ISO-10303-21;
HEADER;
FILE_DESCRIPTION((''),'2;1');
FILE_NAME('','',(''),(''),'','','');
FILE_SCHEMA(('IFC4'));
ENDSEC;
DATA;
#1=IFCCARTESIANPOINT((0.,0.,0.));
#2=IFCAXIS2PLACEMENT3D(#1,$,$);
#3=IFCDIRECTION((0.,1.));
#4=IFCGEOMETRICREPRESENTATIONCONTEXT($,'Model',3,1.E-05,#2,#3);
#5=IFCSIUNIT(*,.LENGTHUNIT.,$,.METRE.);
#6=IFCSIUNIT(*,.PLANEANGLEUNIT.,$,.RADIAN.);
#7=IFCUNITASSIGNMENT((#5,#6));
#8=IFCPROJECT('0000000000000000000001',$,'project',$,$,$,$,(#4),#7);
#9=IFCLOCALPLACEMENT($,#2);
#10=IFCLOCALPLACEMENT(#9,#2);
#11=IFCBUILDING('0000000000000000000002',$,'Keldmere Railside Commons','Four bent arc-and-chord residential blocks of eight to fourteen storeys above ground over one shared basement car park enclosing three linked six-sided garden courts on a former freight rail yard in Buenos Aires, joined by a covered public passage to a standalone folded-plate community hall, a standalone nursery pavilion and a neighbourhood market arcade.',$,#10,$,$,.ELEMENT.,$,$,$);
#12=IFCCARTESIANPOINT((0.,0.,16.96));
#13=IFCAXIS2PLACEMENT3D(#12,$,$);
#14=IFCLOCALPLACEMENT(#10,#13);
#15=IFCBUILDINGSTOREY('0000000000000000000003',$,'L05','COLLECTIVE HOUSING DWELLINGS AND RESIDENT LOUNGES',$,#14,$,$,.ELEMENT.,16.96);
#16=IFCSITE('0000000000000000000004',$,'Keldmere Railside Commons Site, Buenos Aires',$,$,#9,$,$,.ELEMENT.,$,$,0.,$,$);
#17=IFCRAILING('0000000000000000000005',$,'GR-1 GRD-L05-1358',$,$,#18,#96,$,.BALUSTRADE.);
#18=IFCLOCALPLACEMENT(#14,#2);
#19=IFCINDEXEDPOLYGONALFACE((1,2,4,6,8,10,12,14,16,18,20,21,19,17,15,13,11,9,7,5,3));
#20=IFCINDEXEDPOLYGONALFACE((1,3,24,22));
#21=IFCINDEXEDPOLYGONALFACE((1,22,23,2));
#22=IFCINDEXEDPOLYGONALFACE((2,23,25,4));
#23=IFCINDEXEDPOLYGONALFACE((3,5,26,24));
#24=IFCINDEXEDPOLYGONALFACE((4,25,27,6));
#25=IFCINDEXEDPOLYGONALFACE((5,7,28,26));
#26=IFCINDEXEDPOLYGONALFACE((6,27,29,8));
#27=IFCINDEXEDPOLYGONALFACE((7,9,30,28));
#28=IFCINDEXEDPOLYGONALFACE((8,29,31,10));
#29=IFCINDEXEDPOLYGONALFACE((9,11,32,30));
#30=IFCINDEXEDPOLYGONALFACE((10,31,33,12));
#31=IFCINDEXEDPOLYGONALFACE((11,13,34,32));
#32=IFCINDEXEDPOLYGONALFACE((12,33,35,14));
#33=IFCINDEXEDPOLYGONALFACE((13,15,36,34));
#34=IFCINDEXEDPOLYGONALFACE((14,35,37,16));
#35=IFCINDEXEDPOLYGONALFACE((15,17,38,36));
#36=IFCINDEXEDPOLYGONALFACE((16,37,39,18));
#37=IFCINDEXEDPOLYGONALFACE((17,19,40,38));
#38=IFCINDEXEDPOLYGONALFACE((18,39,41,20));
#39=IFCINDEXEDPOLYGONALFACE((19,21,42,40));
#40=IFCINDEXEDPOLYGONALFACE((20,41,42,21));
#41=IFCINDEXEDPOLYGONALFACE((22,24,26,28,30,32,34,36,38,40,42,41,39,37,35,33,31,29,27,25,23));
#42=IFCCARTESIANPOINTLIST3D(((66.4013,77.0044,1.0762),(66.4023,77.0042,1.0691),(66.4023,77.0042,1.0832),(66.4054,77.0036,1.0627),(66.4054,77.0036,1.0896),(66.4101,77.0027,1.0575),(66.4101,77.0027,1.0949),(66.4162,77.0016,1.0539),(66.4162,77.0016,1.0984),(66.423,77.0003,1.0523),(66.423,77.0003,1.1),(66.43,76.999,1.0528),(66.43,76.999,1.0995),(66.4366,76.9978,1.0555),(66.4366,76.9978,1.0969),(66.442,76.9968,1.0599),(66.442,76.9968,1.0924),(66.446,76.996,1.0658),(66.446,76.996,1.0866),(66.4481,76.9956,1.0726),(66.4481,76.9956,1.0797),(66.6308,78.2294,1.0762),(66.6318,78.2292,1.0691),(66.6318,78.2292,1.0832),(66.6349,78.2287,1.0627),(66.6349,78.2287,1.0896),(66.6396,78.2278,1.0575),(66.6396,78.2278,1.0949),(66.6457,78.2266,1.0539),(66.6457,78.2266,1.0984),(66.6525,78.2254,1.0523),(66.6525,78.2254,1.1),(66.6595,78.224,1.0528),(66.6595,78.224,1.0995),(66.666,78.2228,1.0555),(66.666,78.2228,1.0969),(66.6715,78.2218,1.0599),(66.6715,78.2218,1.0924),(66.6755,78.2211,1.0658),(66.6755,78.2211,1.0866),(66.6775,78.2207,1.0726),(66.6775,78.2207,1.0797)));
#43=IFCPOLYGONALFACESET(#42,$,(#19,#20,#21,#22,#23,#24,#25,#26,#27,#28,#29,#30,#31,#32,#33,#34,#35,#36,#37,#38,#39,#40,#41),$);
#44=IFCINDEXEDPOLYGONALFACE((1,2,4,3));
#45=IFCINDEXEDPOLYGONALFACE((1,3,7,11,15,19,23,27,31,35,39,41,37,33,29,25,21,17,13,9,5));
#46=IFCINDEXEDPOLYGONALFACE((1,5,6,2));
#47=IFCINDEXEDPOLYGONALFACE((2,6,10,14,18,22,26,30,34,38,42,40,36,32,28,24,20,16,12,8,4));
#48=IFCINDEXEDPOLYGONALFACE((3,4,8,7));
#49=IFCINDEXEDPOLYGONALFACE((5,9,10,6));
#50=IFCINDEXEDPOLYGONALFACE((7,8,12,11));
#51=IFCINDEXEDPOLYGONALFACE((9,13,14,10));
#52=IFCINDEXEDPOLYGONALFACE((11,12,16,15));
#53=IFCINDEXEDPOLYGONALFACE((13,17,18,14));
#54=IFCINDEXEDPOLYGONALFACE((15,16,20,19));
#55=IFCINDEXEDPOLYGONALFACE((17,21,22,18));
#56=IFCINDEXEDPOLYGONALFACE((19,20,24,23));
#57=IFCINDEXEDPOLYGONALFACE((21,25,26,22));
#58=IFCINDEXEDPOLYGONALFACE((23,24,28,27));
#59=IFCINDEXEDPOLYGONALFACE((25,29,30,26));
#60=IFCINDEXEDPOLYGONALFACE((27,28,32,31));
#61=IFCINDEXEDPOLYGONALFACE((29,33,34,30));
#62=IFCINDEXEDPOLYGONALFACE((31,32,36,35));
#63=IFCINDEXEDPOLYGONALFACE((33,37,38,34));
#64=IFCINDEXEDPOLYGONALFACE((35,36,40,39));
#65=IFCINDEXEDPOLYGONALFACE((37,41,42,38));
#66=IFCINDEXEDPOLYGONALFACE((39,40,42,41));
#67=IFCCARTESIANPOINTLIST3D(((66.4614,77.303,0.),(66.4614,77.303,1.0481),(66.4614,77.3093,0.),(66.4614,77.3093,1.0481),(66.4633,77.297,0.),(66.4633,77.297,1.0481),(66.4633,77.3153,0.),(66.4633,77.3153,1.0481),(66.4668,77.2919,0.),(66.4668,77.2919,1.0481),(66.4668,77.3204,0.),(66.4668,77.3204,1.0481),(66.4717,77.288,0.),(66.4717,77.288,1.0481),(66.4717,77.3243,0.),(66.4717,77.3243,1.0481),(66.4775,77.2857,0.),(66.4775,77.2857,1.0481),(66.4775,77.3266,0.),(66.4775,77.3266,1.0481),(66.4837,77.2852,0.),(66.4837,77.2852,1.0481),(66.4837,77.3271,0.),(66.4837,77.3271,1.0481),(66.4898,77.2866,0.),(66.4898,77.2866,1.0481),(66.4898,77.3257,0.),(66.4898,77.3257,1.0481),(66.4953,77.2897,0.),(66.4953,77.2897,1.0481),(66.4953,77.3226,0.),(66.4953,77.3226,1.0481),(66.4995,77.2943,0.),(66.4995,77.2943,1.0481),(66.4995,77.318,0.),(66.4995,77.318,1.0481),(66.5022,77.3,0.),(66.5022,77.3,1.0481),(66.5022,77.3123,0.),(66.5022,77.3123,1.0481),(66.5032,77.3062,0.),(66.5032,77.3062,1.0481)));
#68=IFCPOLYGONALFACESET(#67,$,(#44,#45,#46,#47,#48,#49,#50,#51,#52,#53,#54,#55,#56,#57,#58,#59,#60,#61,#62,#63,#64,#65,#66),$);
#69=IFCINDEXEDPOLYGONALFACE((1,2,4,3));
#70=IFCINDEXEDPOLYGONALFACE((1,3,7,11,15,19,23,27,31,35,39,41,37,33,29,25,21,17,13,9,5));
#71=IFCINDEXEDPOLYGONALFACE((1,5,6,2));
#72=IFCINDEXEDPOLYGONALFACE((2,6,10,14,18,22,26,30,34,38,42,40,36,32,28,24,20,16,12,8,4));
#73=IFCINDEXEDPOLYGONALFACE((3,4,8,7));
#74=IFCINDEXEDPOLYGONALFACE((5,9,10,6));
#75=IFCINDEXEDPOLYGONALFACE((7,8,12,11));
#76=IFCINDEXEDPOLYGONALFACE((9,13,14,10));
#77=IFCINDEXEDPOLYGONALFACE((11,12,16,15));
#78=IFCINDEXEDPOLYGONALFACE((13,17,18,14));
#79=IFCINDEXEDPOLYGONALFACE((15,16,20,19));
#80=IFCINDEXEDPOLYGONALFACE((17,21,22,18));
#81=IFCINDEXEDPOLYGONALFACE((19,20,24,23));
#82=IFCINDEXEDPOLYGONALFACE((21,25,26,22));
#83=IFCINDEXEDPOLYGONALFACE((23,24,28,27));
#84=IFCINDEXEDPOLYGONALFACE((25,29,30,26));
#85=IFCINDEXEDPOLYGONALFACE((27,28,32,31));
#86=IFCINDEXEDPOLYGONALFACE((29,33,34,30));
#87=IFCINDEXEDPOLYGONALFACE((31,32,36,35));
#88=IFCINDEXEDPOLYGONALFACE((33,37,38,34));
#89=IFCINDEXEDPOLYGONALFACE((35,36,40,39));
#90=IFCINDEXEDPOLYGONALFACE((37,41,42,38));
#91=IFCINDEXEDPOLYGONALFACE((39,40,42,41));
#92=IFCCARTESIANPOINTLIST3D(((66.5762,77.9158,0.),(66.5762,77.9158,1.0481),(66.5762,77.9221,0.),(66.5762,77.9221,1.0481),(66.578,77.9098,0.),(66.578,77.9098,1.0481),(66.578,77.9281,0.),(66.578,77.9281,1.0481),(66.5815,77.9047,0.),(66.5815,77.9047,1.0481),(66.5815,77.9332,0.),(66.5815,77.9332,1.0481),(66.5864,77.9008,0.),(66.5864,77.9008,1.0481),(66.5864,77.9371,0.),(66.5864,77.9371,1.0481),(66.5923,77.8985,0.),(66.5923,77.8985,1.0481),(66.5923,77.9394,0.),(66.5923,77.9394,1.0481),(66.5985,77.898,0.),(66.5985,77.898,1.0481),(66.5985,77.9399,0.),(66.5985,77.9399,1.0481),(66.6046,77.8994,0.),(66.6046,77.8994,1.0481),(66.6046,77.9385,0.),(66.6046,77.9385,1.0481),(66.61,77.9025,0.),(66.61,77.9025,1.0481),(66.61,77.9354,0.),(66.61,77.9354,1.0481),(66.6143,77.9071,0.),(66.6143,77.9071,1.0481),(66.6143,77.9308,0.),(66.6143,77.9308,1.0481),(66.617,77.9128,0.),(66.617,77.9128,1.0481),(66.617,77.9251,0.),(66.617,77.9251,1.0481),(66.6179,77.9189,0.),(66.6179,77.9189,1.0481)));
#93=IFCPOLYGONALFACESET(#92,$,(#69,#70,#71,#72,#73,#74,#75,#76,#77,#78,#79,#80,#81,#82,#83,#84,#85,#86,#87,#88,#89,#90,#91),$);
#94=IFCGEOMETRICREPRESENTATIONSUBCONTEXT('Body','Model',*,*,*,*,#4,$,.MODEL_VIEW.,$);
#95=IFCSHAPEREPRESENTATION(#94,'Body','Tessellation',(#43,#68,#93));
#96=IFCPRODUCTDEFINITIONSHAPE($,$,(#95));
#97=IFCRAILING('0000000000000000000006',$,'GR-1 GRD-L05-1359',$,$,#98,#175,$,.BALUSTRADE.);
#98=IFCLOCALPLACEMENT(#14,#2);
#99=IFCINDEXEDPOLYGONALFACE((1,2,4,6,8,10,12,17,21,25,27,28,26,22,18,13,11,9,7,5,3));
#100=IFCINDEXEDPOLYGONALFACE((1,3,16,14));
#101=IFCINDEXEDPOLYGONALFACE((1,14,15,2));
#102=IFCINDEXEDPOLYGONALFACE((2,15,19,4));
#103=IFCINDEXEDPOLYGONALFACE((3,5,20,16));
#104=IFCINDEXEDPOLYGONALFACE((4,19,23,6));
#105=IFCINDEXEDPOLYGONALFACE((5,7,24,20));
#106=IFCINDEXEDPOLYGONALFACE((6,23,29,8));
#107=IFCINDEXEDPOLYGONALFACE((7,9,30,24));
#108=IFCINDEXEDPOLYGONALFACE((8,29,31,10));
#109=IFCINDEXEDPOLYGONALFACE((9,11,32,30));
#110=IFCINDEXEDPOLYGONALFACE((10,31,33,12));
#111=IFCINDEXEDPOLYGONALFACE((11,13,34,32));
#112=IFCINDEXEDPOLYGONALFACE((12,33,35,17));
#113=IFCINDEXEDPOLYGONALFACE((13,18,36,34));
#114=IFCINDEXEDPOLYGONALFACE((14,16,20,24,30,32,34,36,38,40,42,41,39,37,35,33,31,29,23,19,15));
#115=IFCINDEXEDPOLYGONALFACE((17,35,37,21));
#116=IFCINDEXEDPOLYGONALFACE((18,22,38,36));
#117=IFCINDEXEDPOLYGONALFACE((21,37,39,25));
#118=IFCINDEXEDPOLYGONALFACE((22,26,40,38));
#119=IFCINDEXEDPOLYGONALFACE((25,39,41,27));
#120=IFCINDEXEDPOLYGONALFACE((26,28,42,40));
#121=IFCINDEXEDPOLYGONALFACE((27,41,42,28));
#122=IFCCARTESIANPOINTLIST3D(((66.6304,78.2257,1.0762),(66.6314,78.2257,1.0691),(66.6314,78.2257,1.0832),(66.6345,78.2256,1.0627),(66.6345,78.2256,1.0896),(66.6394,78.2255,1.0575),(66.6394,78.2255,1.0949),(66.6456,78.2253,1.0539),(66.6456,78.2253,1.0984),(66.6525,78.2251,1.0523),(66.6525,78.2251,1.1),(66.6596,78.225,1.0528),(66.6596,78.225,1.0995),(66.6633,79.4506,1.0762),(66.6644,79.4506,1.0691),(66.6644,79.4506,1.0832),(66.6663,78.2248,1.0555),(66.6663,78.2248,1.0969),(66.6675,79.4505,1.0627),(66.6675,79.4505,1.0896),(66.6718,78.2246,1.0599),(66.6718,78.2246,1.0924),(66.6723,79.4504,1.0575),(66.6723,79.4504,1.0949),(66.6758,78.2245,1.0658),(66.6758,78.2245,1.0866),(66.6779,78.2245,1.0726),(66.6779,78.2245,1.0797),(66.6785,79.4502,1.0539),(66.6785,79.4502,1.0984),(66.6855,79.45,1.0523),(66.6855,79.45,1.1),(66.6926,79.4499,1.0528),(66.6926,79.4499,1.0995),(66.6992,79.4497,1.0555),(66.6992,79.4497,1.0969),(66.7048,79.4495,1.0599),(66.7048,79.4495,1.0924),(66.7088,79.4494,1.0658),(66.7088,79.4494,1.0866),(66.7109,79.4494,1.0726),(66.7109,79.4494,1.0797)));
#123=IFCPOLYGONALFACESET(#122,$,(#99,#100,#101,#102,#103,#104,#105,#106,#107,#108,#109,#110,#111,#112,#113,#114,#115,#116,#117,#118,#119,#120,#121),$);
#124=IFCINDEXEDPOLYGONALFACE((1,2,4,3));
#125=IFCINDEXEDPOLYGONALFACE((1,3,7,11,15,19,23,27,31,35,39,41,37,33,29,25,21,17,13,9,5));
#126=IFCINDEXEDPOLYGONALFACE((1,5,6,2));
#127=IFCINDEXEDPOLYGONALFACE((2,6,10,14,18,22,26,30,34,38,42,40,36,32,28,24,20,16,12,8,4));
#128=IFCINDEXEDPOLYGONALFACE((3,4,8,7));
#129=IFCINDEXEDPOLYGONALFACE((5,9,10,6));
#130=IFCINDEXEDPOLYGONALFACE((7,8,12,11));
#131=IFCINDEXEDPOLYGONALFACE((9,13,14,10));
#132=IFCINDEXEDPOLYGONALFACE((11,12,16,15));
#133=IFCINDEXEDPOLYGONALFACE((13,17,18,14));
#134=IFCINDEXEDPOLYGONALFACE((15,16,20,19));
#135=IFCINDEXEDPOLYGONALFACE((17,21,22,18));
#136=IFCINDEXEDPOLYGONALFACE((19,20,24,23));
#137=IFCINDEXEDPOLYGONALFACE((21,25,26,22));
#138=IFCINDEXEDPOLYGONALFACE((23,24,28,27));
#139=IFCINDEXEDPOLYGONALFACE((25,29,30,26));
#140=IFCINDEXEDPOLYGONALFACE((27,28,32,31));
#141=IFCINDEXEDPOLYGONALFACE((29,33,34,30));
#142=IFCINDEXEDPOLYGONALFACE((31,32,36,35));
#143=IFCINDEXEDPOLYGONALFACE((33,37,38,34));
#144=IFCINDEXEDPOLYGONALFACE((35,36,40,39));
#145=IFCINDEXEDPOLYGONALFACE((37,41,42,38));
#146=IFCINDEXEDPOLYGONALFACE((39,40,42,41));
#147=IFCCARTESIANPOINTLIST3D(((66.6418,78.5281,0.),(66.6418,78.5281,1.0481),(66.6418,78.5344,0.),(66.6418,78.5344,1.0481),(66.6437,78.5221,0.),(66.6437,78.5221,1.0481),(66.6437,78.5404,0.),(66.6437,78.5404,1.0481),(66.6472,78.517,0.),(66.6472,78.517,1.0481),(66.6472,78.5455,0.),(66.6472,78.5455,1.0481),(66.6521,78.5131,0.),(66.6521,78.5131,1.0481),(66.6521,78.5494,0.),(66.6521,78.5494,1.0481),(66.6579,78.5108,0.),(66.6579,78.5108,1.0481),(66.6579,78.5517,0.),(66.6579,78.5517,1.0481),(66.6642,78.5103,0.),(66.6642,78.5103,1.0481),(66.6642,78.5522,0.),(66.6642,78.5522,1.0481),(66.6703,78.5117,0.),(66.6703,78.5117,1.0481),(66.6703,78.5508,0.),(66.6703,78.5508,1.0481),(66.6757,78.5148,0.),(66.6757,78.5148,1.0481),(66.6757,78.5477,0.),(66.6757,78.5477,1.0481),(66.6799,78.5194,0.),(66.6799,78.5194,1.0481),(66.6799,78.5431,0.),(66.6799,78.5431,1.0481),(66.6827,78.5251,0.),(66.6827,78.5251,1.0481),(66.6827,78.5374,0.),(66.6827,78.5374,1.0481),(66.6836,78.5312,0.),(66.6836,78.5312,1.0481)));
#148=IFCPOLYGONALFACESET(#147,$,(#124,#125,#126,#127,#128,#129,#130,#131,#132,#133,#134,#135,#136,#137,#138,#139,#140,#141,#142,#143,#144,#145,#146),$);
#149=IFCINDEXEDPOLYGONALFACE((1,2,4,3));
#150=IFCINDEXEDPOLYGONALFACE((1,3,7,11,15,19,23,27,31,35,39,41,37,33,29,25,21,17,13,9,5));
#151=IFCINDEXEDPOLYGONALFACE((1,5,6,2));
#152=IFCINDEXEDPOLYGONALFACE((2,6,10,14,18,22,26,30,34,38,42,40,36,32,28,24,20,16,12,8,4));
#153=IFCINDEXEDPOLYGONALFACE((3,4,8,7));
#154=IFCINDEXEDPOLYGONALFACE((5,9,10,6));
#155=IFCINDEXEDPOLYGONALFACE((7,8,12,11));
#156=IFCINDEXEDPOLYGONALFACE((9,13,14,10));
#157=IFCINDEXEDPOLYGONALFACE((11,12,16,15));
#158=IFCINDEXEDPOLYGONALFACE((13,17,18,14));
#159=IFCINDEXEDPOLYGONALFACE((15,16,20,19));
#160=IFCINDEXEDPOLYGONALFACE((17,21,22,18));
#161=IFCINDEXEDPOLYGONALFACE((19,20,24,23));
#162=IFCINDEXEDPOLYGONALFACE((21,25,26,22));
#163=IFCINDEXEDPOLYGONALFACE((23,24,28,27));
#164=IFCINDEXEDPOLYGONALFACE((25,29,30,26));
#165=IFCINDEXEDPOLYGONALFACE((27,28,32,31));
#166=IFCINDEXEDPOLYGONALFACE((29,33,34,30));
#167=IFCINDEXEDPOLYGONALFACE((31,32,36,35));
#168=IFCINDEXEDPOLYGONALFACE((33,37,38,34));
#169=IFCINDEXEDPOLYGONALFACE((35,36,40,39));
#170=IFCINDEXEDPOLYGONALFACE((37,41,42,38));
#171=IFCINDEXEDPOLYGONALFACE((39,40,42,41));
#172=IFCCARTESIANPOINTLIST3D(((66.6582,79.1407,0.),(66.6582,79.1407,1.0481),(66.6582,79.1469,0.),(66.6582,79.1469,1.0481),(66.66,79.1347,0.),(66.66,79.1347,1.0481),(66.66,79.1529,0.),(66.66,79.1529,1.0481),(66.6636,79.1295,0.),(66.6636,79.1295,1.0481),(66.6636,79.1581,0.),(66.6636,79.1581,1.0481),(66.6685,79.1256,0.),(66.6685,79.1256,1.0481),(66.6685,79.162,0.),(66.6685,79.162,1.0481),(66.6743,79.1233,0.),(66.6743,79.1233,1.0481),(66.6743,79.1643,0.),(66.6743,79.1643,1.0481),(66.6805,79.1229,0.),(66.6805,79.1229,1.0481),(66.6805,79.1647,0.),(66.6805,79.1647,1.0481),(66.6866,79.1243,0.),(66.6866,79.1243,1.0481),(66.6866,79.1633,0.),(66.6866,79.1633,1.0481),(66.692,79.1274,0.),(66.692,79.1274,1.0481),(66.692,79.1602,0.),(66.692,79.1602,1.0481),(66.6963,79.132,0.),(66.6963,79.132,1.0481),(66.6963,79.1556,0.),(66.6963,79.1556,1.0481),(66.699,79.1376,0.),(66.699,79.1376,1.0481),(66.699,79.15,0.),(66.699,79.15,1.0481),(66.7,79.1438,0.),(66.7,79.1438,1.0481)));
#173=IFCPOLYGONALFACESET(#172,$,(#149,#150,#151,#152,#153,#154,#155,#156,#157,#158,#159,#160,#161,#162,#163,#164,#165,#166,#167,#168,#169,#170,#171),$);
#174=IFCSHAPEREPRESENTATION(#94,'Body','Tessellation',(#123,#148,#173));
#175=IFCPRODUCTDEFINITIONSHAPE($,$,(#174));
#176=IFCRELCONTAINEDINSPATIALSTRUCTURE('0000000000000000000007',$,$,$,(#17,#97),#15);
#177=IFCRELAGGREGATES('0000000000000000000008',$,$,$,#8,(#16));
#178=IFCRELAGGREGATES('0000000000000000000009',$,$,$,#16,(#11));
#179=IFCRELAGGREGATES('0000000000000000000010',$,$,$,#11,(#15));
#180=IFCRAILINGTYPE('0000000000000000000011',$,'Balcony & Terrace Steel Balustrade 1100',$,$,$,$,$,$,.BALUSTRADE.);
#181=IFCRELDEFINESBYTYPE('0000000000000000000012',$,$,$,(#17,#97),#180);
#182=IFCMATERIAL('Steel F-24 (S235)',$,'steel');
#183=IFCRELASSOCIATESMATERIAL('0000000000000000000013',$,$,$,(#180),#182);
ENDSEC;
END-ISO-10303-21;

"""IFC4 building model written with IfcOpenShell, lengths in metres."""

from ifc_helpers import new_model, si_unit, direction, frame, origin, origin_2d, place, context, subcontext, project, spatial, circle, extrude, material, type_object, element, save


model = new_model("IFC4")

# Units and contexts
model_context = context("Model", 3, precision=1e-05, world=origin(), true_north=direction((0.0, 1.0)))
body_context = subcontext(model_context, "Body", "Model", "MODEL_VIEW")
ifc_project = project(units=[si_unit("LENGTHUNIT", "METRE"), si_unit("PLANEANGLEUNIT", "RADIAN")], contexts=[model_context])

# Site, building, storey
site_placement = place(None, origin())
site = spatial("IfcSite", under=ifc_project, at=site_placement, Name="Keldmere Railside Commons Site, Buenos Aires", CompositionType="ELEMENT", RefElevation=0.0)
building_placement = place(site_placement, origin())
building = spatial("IfcBuilding", under=site, at=building_placement, Name="Keldmere Railside Commons", Description="Four bent arc-and-chord residential blocks of eight to fourteen storeys above ground over one shared basement car park enclosing three linked six-sided garden courts on a former freight rail yard in Buenos Aires, joined by a covered public passage to a standalone folded-plate community hall, a standalone nursery pavilion and a neighbourhood market arcade.", CompositionType="ELEMENT")
storey_placement = place(building_placement, frame((0.0, 0.0, 16.96)))
storey = spatial("IfcBuildingStorey", under=building, at=storey_placement, Name="L05", Description="COLLECTIVE HOUSING DWELLINGS AND RESIDENT LOUNGES", CompositionType="ELEMENT", Elevation=16.96)

# Railings
ifc_material_1 = material(Name="Steel F-24 (S235)", Category="steel")
railing_type = type_object("IfcRailingType", Name="Balcony & Terrace Steel Balustrade 1100", PredefinedType="BALUSTRADE", material=ifc_material_1)
railing_1_placement = place(storey_placement, frame((66.4248, 77.0, 0.0)))
element("IfcRailing", 1, at=railing_1_placement, inside=storey, type_object=railing_type, Name="GR-1 GRD-L05-1358", PredefinedType="BALUSTRADE", context=body_context, shape_type="SweptSolid", body=[
    extrude(circle(Radius=0.0239, at=origin_2d()), frame((0.0, 0.0, 1.0762), z_axis=(0.184123, 0.982903, 0.0), x_axis=(-0.982903, 0.184123, 0.0)), (0.0, 0.0, 1.0), 1.2463),
    extrude(circle(Radius=0.021, at=origin_2d()), frame((0.0574, 0.3062, 0.0)), (0.0, 0.0, 1.0), 1.0481),
    extrude(circle(Radius=0.021, at=origin_2d()), frame((0.1721, 0.9189, 0.0)), (0.0, 0.0, 1.0), 1.0481),
])
railing_2_placement = place(storey_placement, frame((66.6543, 78.2251, 0.0)))
element("IfcRailing", 2, at=railing_2_placement, inside=storey, type_object=railing_type, Name="GR-1 GRD-L05-1359", PredefinedType="BALUSTRADE", context=body_context, shape_type="SweptSolid", body=[
    extrude(circle(Radius=0.0239, at=origin_2d()), frame((0.0, 0.0, 1.0762), z_axis=(0.026899, 0.999638, 0.0), x_axis=(-0.999638, 0.026899, 0.0)), (0.0, 0.0, 1.0), 1.2253),
    extrude(circle(Radius=0.021, at=origin_2d()), frame((0.0083, 0.3062, 0.0)), (0.0, 0.0, 1.0), 1.0481),
    extrude(circle(Radius=0.021, at=origin_2d()), frame((0.0247, 0.9187, 0.0)), (0.0, 0.0, 1.0), 1.0481),
])

save(model, "model.ifc")
